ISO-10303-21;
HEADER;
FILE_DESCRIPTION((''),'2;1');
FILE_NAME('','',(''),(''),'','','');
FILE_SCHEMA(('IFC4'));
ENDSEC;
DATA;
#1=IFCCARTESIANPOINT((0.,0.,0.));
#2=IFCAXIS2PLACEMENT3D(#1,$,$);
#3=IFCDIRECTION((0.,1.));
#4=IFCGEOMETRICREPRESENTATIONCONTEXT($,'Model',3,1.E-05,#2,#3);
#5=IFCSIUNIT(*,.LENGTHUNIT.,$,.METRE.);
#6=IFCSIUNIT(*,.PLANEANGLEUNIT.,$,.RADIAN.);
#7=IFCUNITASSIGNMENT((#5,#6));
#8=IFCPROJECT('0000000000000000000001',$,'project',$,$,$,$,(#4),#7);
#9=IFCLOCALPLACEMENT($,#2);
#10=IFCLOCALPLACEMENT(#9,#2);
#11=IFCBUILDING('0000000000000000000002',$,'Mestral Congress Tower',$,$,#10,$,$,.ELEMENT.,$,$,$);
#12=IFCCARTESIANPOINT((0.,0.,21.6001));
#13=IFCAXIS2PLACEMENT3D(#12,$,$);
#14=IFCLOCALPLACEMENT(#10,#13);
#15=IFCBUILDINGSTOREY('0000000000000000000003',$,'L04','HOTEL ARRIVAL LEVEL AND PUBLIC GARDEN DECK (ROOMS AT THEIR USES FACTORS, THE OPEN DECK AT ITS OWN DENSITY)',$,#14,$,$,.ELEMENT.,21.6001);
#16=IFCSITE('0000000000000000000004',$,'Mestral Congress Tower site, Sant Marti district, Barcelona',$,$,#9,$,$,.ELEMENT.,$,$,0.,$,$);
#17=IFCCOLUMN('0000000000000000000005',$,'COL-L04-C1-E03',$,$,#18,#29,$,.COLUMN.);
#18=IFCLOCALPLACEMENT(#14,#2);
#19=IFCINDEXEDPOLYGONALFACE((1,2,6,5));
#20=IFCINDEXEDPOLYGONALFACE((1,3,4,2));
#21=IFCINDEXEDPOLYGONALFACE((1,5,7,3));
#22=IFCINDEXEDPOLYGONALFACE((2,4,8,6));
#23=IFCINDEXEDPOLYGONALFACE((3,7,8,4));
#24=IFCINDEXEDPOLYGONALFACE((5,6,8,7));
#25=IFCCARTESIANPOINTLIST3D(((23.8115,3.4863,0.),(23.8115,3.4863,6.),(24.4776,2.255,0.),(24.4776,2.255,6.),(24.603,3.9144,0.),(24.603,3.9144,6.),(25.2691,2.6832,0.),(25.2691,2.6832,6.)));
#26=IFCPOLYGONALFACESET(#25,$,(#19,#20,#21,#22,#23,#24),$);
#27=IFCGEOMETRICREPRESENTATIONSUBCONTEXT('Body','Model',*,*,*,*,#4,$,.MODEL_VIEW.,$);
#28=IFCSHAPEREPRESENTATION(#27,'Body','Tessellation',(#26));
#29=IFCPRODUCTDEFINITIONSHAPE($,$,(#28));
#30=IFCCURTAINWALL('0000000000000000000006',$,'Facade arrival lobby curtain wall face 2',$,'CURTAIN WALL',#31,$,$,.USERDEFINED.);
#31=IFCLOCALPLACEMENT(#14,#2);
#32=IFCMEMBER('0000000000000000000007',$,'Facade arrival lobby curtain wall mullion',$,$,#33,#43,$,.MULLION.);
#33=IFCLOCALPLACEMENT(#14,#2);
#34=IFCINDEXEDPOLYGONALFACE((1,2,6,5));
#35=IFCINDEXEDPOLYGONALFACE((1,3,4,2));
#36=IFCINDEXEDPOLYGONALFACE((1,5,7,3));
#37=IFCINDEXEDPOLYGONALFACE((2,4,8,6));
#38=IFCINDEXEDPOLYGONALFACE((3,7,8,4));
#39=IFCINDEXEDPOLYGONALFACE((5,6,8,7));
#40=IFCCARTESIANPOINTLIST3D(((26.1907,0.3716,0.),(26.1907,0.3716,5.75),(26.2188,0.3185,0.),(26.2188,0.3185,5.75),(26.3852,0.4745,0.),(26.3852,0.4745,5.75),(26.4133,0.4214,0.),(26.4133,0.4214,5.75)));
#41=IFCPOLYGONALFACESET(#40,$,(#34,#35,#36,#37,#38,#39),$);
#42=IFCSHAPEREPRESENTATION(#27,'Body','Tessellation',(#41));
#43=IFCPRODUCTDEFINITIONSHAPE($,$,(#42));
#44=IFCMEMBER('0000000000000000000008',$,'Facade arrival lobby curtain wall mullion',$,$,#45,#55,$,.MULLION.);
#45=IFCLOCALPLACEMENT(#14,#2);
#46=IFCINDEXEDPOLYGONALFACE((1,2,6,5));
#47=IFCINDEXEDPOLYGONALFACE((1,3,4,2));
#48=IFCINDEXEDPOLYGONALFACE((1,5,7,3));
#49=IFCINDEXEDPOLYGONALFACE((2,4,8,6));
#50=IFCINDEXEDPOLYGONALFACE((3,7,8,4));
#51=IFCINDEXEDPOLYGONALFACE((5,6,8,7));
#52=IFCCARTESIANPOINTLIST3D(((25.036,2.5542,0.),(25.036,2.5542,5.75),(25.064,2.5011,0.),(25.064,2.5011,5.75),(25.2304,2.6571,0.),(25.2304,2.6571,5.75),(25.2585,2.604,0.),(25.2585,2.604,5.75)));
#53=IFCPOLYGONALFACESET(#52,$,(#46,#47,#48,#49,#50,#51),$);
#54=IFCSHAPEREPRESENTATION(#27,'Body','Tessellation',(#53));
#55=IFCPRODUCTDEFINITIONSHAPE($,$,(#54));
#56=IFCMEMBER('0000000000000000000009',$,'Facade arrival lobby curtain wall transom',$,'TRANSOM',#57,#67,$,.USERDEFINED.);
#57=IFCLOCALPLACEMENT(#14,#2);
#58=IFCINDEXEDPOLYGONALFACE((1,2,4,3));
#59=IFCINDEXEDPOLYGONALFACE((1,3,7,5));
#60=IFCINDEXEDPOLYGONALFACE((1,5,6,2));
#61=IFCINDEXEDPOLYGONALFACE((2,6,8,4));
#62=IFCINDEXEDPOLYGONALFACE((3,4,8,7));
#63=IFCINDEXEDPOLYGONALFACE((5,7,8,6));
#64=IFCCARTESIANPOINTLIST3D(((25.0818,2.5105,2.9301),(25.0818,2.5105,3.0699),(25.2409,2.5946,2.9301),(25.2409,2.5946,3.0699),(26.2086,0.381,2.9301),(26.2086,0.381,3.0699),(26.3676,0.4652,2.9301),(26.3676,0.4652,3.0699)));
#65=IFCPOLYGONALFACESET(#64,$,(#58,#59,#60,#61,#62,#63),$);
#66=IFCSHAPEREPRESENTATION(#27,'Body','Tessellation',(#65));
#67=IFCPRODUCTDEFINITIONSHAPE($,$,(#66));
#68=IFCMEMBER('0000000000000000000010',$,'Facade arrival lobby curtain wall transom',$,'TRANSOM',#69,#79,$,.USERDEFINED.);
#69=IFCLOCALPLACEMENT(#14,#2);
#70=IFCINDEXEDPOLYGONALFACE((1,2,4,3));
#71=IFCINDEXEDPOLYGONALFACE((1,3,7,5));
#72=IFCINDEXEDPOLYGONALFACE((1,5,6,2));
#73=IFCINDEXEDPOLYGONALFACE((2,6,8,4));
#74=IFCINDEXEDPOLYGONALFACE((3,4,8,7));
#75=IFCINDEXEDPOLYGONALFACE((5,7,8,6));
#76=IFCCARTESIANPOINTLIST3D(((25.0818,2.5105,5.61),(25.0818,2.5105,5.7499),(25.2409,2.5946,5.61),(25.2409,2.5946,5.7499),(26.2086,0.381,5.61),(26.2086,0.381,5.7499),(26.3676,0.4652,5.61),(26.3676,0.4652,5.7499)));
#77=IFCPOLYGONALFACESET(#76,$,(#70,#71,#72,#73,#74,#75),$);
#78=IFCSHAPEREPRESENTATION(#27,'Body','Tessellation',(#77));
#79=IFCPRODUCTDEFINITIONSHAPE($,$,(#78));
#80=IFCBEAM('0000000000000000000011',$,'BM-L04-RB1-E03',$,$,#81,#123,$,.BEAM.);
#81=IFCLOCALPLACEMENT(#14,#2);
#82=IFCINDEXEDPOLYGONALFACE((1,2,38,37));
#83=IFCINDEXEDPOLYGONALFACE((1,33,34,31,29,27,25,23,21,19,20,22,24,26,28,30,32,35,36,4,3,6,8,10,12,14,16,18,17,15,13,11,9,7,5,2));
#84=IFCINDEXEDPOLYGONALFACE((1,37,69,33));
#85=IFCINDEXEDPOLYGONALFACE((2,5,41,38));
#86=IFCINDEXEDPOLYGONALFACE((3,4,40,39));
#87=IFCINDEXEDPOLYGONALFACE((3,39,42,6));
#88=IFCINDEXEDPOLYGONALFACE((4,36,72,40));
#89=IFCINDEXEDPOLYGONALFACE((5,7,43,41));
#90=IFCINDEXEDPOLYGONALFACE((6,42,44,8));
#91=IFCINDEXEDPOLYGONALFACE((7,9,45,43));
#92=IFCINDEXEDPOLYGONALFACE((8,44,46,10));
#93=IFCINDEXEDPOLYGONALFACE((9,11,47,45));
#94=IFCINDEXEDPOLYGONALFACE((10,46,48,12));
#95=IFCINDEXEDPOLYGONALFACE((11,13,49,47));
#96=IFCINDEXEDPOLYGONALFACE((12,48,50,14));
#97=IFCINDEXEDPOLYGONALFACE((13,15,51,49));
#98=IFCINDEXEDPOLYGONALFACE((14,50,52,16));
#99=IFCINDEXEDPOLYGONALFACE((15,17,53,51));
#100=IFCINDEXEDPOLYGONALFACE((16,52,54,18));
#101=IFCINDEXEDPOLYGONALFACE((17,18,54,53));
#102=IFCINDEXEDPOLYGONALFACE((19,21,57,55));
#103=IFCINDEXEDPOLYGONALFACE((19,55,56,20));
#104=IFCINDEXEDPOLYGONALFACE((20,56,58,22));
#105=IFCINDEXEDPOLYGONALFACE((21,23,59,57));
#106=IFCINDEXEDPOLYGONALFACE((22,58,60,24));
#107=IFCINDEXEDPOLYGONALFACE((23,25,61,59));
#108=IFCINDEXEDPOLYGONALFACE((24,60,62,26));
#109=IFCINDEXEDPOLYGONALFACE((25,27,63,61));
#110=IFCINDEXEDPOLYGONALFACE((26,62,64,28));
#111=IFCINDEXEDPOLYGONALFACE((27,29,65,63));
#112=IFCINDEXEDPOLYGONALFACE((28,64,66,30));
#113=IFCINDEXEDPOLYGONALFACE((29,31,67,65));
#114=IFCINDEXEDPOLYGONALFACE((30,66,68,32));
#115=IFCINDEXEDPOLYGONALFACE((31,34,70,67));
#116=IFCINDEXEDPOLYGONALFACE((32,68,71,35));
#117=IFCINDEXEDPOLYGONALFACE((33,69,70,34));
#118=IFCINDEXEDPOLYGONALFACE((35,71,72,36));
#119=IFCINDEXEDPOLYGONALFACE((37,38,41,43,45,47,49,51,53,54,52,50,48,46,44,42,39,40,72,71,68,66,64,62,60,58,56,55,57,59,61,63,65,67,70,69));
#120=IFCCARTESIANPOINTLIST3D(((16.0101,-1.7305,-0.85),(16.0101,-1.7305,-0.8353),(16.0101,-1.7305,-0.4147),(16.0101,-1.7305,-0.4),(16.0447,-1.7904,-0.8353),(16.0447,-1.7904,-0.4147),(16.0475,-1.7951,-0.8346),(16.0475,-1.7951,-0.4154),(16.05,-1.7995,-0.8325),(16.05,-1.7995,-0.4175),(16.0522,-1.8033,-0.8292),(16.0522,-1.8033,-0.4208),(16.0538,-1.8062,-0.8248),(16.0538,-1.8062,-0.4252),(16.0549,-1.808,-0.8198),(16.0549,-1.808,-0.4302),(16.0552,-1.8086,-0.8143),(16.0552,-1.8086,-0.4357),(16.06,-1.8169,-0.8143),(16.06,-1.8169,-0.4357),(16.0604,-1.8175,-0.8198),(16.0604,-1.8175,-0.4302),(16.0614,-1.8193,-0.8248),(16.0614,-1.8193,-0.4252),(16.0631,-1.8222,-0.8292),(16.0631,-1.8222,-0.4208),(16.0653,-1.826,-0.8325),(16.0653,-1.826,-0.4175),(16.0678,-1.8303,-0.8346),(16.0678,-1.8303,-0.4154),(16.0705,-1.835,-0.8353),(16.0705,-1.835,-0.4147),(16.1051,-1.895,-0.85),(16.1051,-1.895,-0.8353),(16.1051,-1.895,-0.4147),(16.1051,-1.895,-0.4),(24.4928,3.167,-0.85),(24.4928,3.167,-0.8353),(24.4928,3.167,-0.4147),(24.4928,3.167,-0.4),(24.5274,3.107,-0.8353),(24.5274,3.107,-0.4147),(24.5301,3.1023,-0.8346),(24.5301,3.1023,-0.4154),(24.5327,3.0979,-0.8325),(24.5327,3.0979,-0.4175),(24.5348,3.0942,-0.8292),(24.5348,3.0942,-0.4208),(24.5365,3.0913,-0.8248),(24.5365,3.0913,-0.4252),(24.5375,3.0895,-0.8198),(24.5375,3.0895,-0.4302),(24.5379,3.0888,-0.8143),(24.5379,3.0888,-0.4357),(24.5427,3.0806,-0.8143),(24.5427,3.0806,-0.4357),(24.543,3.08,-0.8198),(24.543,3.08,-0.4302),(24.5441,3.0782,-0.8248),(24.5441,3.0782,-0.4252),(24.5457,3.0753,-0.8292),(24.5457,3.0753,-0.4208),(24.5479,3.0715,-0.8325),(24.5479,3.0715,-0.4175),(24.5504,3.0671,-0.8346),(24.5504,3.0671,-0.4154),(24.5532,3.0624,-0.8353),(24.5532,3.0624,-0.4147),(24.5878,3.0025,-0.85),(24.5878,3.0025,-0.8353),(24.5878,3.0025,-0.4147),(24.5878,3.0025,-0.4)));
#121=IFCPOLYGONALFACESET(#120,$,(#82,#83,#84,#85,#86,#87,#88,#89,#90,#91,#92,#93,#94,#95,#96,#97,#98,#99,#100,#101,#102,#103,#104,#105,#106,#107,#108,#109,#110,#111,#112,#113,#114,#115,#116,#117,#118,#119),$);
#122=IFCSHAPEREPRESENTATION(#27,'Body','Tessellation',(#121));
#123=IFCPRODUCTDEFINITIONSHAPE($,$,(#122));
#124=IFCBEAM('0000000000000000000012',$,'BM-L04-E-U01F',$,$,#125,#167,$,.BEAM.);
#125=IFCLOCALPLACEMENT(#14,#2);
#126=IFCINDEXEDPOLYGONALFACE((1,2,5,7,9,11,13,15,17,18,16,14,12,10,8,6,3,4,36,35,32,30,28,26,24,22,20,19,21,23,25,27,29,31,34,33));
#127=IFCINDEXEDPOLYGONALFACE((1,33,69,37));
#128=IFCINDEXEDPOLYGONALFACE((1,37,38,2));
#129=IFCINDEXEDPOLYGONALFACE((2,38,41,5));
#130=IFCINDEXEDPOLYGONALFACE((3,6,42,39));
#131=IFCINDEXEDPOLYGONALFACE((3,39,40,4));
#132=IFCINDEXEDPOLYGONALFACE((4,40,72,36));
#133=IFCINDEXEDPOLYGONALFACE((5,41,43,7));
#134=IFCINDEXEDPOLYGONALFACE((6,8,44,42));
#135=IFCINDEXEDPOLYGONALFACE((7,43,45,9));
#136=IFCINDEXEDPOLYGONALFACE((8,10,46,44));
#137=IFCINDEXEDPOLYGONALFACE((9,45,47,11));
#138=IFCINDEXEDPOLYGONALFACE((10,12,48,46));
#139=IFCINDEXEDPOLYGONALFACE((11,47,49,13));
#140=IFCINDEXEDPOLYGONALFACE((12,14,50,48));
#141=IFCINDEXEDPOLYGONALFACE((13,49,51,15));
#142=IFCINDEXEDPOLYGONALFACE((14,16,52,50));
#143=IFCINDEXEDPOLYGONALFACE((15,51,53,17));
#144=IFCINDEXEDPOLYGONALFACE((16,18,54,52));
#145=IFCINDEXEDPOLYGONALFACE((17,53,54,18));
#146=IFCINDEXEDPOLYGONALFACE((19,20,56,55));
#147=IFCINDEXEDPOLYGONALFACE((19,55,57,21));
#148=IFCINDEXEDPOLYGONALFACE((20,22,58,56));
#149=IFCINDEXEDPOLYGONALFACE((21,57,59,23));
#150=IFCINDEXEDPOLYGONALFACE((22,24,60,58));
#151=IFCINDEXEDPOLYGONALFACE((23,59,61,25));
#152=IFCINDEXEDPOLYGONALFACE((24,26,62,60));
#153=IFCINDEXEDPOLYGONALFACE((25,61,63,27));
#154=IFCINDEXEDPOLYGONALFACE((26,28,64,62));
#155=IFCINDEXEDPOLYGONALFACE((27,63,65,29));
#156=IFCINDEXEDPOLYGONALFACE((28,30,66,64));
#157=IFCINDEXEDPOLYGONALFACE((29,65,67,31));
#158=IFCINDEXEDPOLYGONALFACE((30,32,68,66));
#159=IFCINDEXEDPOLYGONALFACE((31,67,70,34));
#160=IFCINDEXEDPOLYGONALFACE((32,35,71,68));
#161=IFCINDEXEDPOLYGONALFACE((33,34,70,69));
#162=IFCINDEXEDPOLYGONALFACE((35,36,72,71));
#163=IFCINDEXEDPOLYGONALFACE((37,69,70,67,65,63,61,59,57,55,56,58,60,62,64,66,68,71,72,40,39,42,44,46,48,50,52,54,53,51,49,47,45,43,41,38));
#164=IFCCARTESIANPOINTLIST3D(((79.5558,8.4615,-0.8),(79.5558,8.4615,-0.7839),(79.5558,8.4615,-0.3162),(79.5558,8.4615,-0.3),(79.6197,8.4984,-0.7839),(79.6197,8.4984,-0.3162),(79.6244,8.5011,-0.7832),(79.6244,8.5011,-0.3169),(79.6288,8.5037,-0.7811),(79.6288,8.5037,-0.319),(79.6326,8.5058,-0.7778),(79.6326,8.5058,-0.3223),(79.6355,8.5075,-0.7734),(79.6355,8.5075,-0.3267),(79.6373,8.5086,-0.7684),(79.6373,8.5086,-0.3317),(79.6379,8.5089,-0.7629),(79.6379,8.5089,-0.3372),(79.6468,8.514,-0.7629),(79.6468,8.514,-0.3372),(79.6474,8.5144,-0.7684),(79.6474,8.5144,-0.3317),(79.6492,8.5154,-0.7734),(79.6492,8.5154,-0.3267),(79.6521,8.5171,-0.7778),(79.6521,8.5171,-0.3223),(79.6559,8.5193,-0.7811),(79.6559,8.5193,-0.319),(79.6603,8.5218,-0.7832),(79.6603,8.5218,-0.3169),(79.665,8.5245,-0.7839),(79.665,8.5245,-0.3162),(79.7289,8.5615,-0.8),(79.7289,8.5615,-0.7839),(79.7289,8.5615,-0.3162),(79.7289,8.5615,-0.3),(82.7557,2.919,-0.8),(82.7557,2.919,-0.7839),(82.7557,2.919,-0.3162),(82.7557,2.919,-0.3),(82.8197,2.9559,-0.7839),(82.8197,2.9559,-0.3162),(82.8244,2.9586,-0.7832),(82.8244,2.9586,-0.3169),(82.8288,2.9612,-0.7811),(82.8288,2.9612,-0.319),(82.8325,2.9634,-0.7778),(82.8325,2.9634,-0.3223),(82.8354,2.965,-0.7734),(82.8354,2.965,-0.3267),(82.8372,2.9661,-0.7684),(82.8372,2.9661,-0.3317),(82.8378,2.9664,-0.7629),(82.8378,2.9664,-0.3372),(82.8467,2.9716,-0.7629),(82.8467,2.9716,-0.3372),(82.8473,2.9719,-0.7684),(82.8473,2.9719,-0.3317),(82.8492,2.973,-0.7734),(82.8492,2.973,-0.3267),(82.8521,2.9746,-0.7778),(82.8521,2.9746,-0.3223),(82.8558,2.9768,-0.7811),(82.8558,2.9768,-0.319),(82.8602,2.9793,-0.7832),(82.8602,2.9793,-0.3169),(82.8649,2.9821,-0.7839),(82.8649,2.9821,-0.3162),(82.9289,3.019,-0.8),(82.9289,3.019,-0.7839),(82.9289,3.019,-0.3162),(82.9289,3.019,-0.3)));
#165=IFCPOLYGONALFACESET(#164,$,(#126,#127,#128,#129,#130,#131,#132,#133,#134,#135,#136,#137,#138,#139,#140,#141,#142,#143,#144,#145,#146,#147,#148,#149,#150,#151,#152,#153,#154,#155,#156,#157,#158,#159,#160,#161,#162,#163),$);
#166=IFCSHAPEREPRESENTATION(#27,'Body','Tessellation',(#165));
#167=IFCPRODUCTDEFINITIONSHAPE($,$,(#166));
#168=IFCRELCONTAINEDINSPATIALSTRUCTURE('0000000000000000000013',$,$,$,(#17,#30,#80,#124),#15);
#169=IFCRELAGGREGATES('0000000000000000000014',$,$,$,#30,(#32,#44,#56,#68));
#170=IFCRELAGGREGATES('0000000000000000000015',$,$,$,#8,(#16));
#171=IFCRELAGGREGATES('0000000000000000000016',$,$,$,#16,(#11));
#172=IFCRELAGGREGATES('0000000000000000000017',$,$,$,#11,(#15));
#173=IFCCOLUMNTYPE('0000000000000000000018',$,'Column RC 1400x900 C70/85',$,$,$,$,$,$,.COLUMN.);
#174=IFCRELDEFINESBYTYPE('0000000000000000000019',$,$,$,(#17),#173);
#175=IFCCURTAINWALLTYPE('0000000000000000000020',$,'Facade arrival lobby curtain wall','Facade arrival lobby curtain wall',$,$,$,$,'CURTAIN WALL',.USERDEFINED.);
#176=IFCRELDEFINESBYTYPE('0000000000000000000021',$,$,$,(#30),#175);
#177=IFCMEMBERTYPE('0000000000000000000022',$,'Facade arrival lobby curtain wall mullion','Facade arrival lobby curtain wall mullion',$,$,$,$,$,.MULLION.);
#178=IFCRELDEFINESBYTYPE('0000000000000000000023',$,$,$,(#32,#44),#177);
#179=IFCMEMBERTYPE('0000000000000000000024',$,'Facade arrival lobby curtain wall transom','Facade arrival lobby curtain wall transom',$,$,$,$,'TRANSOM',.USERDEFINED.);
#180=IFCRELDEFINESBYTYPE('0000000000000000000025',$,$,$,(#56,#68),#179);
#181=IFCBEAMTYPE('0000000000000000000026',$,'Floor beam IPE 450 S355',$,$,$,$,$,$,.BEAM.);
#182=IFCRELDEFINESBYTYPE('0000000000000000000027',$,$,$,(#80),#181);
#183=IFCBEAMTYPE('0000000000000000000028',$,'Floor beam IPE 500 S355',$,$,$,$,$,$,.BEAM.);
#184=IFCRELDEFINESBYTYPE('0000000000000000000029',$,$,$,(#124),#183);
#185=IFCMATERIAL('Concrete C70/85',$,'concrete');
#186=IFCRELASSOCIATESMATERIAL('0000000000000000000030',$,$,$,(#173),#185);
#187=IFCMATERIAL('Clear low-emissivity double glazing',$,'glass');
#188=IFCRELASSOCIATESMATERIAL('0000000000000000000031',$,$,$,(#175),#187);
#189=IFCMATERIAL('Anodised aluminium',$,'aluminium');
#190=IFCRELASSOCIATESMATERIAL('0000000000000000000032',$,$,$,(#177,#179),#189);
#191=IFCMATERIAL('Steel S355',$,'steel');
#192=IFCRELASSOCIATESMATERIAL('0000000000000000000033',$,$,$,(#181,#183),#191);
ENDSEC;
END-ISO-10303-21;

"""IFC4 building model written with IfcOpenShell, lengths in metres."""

from ifc_helpers import new_model, si_unit, direction, frame, origin, origin_2d, place, context, subcontext, project, spatial, rectangle, i_section, extrude, material, material_profile, profile_set, type_object, element, aggregate, save


model = new_model("IFC4")

# Units and contexts
model_context = context("Model", 3, precision=1e-05, world=origin(), true_north=direction((0.0, 1.0)))
body_context = subcontext(model_context, "Body", "Model", "MODEL_VIEW")
ifc_project = project(units=[si_unit("LENGTHUNIT", "METRE"), si_unit("PLANEANGLEUNIT", "RADIAN")], contexts=[model_context])

# Site, building, storey
site_placement = place(None, origin())
site = spatial("IfcSite", under=ifc_project, at=site_placement, Name="Mestral Congress Tower site, Sant Marti district, Barcelona", CompositionType="ELEMENT", RefElevation=0.0)
building_placement = place(site_placement, origin())
building = spatial("IfcBuilding", under=site, at=building_placement, Name="Mestral Congress Tower", CompositionType="ELEMENT")
storey_placement = place(building_placement, frame((0.0, 0.0, 21.6001)))
storey = spatial("IfcBuildingStorey", under=building, at=storey_placement, Name="L04", Description="HOTEL ARRIVAL LEVEL AND PUBLIC GARDEN DECK (ROOMS AT THEIR USES FACTORS, THE OPEN DECK AT ITS OWN DENSITY)", CompositionType="ELEMENT", Elevation=21.6001)

# Column
ifc_material_1 = material(Name="Concrete C70/85", Category="concrete")
ifc_material_profile_1 = material_profile(ifc_material_1, rectangle(XDim=1.3999, YDim=0.8999, at=origin_2d()), Name="RC 1400x900")
ifc_profile_set_1 = profile_set([ifc_material_profile_1], Name="Concrete C70/85")
column_type = type_object("IfcColumnType", Name="Column RC 1400x900 C70/85", PredefinedType="COLUMN", material=ifc_profile_set_1)
column_placement = place(storey_placement, frame((24.5403, 3.0847, 0.0), z_axis=(0.0, 0.0, 1.0), x_axis=(-0.475796, 0.879556, 0.0)))
element("IfcColumn", 1, at=column_placement, inside=storey, type_object=column_type, Name="COL-L04-C1-E03", PredefinedType="COLUMN", context=body_context, shape_type="SweptSolid", body=[
    extrude(rectangle(XDim=1.3999, YDim=0.8999, at=origin_2d()), origin(), (0.0, 0.0, 1.0), 6.0),
])

# Curtain wall, members
ifc_material_2 = material(Name="Clear low-emissivity double glazing", Category="glass")
curtain_wall_type = type_object("IfcCurtainWallType", Name="Facade arrival lobby curtain wall", Description="Facade arrival lobby curtain wall", ElementType="CURTAIN WALL", PredefinedType="USERDEFINED", material=ifc_material_2)
curtain_wall_placement = place(storey_placement, origin())
curtain_wall = element("IfcCurtainWall", 2, at=curtain_wall_placement, inside=storey, type_object=curtain_wall_type, Name="Facade arrival lobby curtain wall face 2", ObjectType="CURTAIN WALL", PredefinedType="USERDEFINED")
ifc_material_3 = material(Name="Anodised aluminium", Category="aluminium")
ifc_material_profile_2 = material_profile(ifc_material_3, rectangle(XDim=0.22, YDim=0.0601, at=origin_2d()), Name="CW4 mullion 220 x 60")
ifc_profile_set_2 = profile_set([ifc_material_profile_2], Name="Anodised aluminium")
member_type_1 = type_object("IfcMemberType", Name="Facade arrival lobby curtain wall mullion", Description="Facade arrival lobby curtain wall mullion", PredefinedType="MULLION", material=ifc_profile_set_2)
member_1_placement = place(storey_placement, frame((26.302, 0.3965, 0.0), z_axis=(0.0, 0.0, 1.0), x_axis=(0.883913, 0.467651, 0.0)))
member_1 = element("IfcMember", 3, at=member_1_placement, type_object=member_type_1, Name="Facade arrival lobby curtain wall mullion", PredefinedType="MULLION", context=body_context, shape_type="SweptSolid", body=[
    extrude(rectangle(XDim=0.22, YDim=0.0601, at=origin_2d()), origin(), (0.0, 0.0, 1.0), 5.75),
])
member_2_placement = place(storey_placement, frame((25.1472, 2.5791, 0.0), z_axis=(0.0, 0.0, 1.0), x_axis=(0.883913, 0.467651, 0.0)))
member_2 = element("IfcMember", 4, at=member_2_placement, type_object=member_type_1, Name="Facade arrival lobby curtain wall mullion", PredefinedType="MULLION", context=body_context, shape_type="SweptSolid", body=[
    extrude(rectangle(XDim=0.22, YDim=0.0601, at=origin_2d()), origin(), (0.0, 0.0, 1.0), 5.75),
])
ifc_material_profile_3 = material_profile(ifc_material_3, rectangle(XDim=0.1799, YDim=0.1399, at=origin_2d()), Name="CW4 transom 180 x 140")
ifc_profile_set_3 = profile_set([ifc_material_profile_3], Name="Anodised aluminium")
member_type_2 = type_object("IfcMemberType", Name="Facade arrival lobby curtain wall transom", Description="Facade arrival lobby curtain wall transom", ElementType="TRANSOM", PredefinedType="USERDEFINED", material=ifc_profile_set_3)
member_3_placement = place(storey_placement, frame((26.2881, 0.4231, 3.0), z_axis=(-0.467687, 0.883894, 0.0), x_axis=(-0.883894, -0.467687, 0.0)))
member_3 = element("IfcMember", 5, at=member_3_placement, type_object=member_type_2, Name="Facade arrival lobby curtain wall transom", ObjectType="TRANSOM", PredefinedType="USERDEFINED", context=body_context, shape_type="SweptSolid", body=[
    extrude(rectangle(XDim=0.1799, YDim=0.1399, at=origin_2d()), origin(), (0.0, 0.0, 1.0), 2.4092),
])
member_4_placement = place(storey_placement, frame((26.2881, 0.4231, 5.6799), z_axis=(-0.467687, 0.883894, 0.0), x_axis=(-0.883894, -0.467687, 0.0)))
member_4 = element("IfcMember", 6, at=member_4_placement, type_object=member_type_2, Name="Facade arrival lobby curtain wall transom", ObjectType="TRANSOM", PredefinedType="USERDEFINED", context=body_context, shape_type="SweptSolid", body=[
    extrude(rectangle(XDim=0.1799, YDim=0.1399, at=origin_2d()), origin(), (0.0, 0.0, 1.0), 2.4092),
])

# Beams
ifc_material_4 = material(Name="Steel S355", Category="steel")
ifc_material_profile_4 = material_profile(ifc_material_4, i_section(OverallWidth=0.1899, OverallDepth=0.45, WebThickness=0.0095, FlangeThickness=0.0146, FilletRadius=0.021, at=origin_2d()), Name="IPE 450")
ifc_profile_set_4 = profile_set([ifc_material_profile_4], Name="Steel S355")
beam_type_1 = type_object("IfcBeamType", Name="Floor beam IPE 450 S355", PredefinedType="BEAM", material=ifc_profile_set_4)
beam_1_placement = place(storey_placement, frame((24.5403, 3.0847, -0.625), z_axis=(-0.866026, -0.499999, 0.0), x_axis=(0.499999, -0.866026, 0.0)))
element("IfcBeam", 7, at=beam_1_placement, inside=storey, type_object=beam_type_1, Name="BM-L04-RB1-E03", PredefinedType="BEAM", context=body_context, shape_type="SweptSolid", body=[
    extrude(i_section(OverallWidth=0.1899, OverallDepth=0.45, WebThickness=0.0095, FlangeThickness=0.0146, FilletRadius=0.021, at=origin_2d()), origin(), (0.0, 0.0, 1.0), 9.7949),
])
ifc_material_profile_5 = material_profile(ifc_material_4, i_section(OverallWidth=0.2, OverallDepth=0.5, WebThickness=0.0103, FlangeThickness=0.0161, FilletRadius=0.021, at=origin_2d()), Name="IPE 500")
ifc_profile_set_5 = profile_set([ifc_material_profile_5], Name="Steel S355")
beam_type_2 = type_object("IfcBeamType", Name="Floor beam IPE 500 S355", PredefinedType="BEAM", material=ifc_profile_set_5)
beam_2_placement = place(storey_placement, frame((82.8423, 2.969, -0.55), z_axis=(-0.5, 0.866025, 0.0), x_axis=(-0.866025, -0.5, 0.0)))
element("IfcBeam", 8, at=beam_2_placement, inside=storey, type_object=beam_type_2, Name="BM-L04-E-U01F", PredefinedType="BEAM", context=body_context, shape_type="SweptSolid", body=[
    extrude(i_section(OverallWidth=0.2, OverallDepth=0.5, WebThickness=0.0103, FlangeThickness=0.0161, FilletRadius=0.021, at=origin_2d()), origin(), (0.0, 0.0, 1.0), 6.3999),
])

aggregate(curtain_wall, [member_1, member_2, member_3, member_4])

save(model, "model.ifc")
